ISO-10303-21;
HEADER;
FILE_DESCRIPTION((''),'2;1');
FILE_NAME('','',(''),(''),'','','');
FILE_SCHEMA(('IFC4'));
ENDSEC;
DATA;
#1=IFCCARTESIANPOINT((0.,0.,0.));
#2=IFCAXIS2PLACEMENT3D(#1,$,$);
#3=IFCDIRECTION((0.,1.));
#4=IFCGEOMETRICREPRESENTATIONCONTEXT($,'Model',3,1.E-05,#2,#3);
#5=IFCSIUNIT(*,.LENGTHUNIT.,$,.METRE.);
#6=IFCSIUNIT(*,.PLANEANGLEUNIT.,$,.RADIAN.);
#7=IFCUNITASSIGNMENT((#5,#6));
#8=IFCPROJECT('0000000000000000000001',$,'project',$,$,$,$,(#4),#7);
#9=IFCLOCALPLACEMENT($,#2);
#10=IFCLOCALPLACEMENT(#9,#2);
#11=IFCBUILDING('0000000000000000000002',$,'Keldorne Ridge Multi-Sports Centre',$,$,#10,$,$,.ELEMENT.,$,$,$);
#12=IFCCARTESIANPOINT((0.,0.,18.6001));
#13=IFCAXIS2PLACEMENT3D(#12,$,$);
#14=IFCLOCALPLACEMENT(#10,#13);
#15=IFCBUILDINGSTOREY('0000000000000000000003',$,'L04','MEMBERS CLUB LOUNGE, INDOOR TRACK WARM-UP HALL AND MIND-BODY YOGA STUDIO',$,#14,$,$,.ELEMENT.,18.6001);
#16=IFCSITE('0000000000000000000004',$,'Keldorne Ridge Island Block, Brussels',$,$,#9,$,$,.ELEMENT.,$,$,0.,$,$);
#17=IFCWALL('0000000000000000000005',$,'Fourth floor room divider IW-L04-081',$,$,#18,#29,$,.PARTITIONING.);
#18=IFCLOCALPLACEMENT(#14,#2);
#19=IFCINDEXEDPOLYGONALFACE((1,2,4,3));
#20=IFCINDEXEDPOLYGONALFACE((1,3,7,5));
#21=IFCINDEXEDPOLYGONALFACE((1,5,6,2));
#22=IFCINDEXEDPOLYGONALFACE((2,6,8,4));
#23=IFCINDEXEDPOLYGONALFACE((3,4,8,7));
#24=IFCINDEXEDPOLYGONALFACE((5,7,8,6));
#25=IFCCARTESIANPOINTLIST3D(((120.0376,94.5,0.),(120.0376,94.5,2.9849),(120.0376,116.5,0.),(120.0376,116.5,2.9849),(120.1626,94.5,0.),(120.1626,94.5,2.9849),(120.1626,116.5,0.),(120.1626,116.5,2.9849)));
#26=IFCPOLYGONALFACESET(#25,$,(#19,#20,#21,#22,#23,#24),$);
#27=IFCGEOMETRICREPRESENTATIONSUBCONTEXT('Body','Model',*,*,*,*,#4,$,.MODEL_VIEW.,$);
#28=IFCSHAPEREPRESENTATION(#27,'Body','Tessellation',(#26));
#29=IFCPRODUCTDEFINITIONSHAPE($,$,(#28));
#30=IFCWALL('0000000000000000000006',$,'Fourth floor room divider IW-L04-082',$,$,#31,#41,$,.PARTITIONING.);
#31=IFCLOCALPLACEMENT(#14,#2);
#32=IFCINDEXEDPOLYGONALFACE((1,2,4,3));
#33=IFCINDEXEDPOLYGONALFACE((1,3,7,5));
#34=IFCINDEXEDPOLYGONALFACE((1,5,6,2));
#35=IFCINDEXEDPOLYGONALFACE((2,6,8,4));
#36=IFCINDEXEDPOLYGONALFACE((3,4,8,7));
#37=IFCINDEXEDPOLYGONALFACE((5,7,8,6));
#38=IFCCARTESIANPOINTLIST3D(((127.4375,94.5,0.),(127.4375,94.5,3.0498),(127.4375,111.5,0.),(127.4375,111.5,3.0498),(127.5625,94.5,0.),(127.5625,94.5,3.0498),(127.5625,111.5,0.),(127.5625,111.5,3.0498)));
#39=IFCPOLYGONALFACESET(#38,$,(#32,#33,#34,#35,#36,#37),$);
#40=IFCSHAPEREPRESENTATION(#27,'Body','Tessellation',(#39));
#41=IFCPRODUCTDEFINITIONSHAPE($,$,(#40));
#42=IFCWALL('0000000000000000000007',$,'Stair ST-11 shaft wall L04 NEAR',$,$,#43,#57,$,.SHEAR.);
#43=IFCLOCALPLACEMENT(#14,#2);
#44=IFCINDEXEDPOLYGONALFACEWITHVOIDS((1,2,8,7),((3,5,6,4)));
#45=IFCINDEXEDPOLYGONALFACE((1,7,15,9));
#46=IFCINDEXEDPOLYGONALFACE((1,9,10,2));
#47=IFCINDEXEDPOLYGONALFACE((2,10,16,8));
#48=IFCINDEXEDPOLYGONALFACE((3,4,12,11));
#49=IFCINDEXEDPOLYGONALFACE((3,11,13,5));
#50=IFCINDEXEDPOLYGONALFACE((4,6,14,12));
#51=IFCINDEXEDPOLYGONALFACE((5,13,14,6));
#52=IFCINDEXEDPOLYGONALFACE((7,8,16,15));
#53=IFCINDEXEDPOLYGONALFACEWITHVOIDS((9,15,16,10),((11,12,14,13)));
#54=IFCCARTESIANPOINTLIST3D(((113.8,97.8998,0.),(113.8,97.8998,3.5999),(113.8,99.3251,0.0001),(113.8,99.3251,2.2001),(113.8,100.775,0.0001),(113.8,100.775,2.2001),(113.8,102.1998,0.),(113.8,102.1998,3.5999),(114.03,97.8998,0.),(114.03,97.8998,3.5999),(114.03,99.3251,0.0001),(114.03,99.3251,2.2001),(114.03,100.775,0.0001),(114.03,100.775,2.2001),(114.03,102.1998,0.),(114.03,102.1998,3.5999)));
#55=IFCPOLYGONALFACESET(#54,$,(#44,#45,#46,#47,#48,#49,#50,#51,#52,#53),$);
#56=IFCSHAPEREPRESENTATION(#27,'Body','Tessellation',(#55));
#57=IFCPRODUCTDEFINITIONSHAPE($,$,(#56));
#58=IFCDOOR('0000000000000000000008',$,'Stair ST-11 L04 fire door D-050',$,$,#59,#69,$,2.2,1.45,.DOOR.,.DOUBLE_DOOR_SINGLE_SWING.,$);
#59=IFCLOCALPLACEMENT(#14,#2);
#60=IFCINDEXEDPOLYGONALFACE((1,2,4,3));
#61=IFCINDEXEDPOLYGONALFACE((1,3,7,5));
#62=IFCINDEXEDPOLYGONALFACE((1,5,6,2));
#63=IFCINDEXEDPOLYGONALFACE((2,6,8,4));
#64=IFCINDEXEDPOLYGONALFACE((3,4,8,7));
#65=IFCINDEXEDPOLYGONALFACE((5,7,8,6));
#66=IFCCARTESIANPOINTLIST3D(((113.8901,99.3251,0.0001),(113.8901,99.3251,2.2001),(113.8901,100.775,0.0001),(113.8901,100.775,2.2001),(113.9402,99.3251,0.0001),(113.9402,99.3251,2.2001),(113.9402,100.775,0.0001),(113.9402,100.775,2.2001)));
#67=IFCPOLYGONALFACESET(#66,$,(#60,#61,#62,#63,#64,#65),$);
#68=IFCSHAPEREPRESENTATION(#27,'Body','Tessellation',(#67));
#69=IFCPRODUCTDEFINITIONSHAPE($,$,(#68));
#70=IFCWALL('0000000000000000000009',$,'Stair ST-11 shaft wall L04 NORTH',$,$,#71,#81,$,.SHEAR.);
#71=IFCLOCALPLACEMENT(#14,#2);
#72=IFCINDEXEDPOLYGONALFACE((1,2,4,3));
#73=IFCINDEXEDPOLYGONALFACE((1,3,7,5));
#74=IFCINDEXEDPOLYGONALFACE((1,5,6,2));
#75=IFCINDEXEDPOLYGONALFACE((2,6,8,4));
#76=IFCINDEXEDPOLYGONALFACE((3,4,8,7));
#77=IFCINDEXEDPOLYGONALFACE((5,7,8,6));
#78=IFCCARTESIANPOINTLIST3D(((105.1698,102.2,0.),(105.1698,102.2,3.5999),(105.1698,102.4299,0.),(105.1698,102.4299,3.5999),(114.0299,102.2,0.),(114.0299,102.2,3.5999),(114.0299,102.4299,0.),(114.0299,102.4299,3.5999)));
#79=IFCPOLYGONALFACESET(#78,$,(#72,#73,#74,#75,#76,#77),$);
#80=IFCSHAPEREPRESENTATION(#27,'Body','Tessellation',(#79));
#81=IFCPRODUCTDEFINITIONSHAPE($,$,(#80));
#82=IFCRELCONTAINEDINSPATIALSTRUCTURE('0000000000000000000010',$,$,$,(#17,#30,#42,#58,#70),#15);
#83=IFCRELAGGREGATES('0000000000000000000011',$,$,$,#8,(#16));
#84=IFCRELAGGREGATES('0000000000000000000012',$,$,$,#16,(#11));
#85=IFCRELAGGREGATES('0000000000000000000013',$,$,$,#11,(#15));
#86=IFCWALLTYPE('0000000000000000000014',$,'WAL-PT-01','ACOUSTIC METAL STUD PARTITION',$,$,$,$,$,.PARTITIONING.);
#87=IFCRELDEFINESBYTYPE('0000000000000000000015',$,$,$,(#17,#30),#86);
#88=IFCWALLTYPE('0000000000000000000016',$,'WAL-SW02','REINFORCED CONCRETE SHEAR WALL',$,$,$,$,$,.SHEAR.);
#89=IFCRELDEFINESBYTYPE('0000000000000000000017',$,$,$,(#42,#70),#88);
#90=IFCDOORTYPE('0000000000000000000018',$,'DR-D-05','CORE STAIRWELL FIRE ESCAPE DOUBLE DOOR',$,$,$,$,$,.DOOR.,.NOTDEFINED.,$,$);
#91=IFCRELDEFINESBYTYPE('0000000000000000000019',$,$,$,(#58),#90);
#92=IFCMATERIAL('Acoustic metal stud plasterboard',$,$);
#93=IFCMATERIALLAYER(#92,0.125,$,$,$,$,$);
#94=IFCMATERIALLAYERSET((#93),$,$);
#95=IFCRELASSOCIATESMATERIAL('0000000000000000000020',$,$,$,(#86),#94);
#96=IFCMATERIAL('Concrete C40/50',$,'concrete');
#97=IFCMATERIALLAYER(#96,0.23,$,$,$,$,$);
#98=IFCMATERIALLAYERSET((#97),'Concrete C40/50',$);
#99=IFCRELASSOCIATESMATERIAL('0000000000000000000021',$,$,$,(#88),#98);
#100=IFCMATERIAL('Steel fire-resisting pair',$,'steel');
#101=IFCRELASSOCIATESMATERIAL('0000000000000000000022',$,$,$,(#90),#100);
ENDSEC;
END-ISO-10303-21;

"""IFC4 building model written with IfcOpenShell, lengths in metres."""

from ifc_helpers import new_model, si_unit, direction, frame, frame_2d, origin, place, context, subcontext, project, spatial, rectangle, extrude, material, layer, layer_set, type_object, element, fill, save


model = new_model("IFC4")

# Units and contexts
model_context = context("Model", 3, precision=1e-05, world=origin(), true_north=direction((0.0, 1.0)))
body_context = subcontext(model_context, "Body", "Model", "MODEL_VIEW")
ifc_project = project(units=[si_unit("LENGTHUNIT", "METRE"), si_unit("PLANEANGLEUNIT", "RADIAN")], contexts=[model_context])

# Site, building, storey
site_placement = place(None, origin())
site = spatial("IfcSite", under=ifc_project, at=site_placement, Name="Keldorne Ridge Island Block, Brussels", CompositionType="ELEMENT", RefElevation=0.0)
building_placement = place(site_placement, origin())
building = spatial("IfcBuilding", under=site, at=building_placement, Name="Keldorne Ridge Multi-Sports Centre", CompositionType="ELEMENT")
storey_placement = place(building_placement, frame((0.0, 0.0, 18.6001)))
storey = spatial("IfcBuildingStorey", under=building, at=storey_placement, Name="L04", Description="MEMBERS CLUB LOUNGE, INDOOR TRACK WARM-UP HALL AND MIND-BODY YOGA STUDIO", CompositionType="ELEMENT", Elevation=18.6001)

# Walls
ifc_material_1 = material(Name="Acoustic metal stud plasterboard")
ifc_layer_1 = layer(ifc_material_1, 0.125)
ifc_layer_set_1 = layer_set([ifc_layer_1])
wall_type_1 = type_object("IfcWallType", Name="WAL-PT-01", Description="ACOUSTIC METAL STUD PARTITION", PredefinedType="PARTITIONING", material=ifc_layer_set_1)
wall_1_placement = place(storey_placement, frame((120.1001, 94.5, 0.0), z_axis=(0.0, 0.0, 1.0), x_axis=(0.0, 1.0, 0.0)))
element("IfcWall", 1, at=wall_1_placement, inside=storey, type_object=wall_type_1, Name="Fourth floor room divider IW-L04-081", PredefinedType="PARTITIONING", context=body_context, shape_type="SweptSolid", body=[
    extrude(rectangle(XDim=22.0, YDim=0.125, at=frame_2d((11.0, 0.0))), origin(), (0.0, 0.0, 1.0), 2.9849),
])
wall_2_placement = place(storey_placement, frame((127.5, 94.5, 0.0), z_axis=(0.0, 0.0, 1.0), x_axis=(0.0, 1.0, 0.0)))
element("IfcWall", 2, at=wall_2_placement, inside=storey, type_object=wall_type_1, Name="Fourth floor room divider IW-L04-082", PredefinedType="PARTITIONING", context=body_context, shape_type="SweptSolid", body=[
    extrude(rectangle(XDim=17.0, YDim=0.125, at=frame_2d((8.5, 0.0))), origin(), (0.0, 0.0, 1.0), 3.0498),
])

# Wall, opening, door
ifc_material_2 = material(Name="Concrete C40/50", Category="concrete")
ifc_layer_2 = layer(ifc_material_2, 0.23)
ifc_layer_set_2 = layer_set([ifc_layer_2], Name="Concrete C40/50")
wall_type_2 = type_object("IfcWallType", Name="WAL-SW02", Description="REINFORCED CONCRETE SHEAR WALL", PredefinedType="SHEAR", material=ifc_layer_set_2)
wall_3_placement = place(storey_placement, frame((113.915, 97.8999, 0.0), z_axis=(0.0, 0.0, 1.0), x_axis=(0.0, 1.0, 0.0)))
wall_3 = element("IfcWall", 3, at=wall_3_placement, inside=storey, type_object=wall_type_2, Name="Stair ST-11 shaft wall L04 NEAR", PredefinedType="SHEAR", context=body_context, shape_type="SweptSolid", body=[
    extrude(rectangle(XDim=4.3, YDim=0.23, at=frame_2d((2.1499, 0.0))), origin(), (0.0, 0.0, 1.0), 3.5999),
])
opening_1_placement = place(wall_3_placement, frame((1.425, 0.0, 0.0)))
opening_1 = element("IfcOpeningElement", 4, at=opening_1_placement, cuts=wall_3, PredefinedType="OPENING", context=body_context, shape_type="SweptSolid", body=[
    extrude(rectangle(XDim=1.45, YDim=2.2, at=frame_2d((0.7251, 1.1001))), frame((0.0, 0.125, 0.0), z_axis=(0.0, -1.0, 0.0), x_axis=(1.0, 0.0, 0.0)), (0.0, 0.0, 1.0), 0.25),
])
ifc_material_3 = material(Name="Steel fire-resisting pair", Category="steel")
door_type_1 = type_object("IfcDoorType", Name="DR-D-05", Description="CORE STAIRWELL FIRE ESCAPE DOUBLE DOOR", OperationType="NOTDEFINED", PredefinedType="DOOR", material=ifc_material_3)
door_1_placement = place(opening_1_placement, origin())
door_1 = element("IfcDoor", 5, at=door_1_placement, inside=storey, type_object=door_type_1, Name="Stair ST-11 L04 fire door D-050", OperationType="DOUBLE_DOOR_SINGLE_SWING", OverallHeight=2.2, OverallWidth=1.45, PredefinedType="DOOR", context=body_context, shape_type="SweptSolid", body=[
    extrude(rectangle(XDim=1.45, YDim=2.2, at=frame_2d((0.7251, 1.1001))), frame((0.0, 0.0249, 0.0), z_axis=(0.0, -1.0, 0.0), x_axis=(1.0, 0.0, 0.0)), (0.0, 0.0, 1.0), 0.05),
])
fill(opening_1, door_1)

# Wall
wall_4_placement = place(storey_placement, frame((114.03, 102.3149, 0.0), z_axis=(0.0, 0.0, 1.0), x_axis=(-1.0, 0.0, 0.0)))
element("IfcWall", 6, at=wall_4_placement, inside=storey, type_object=wall_type_2, Name="Stair ST-11 shaft wall L04 NORTH", PredefinedType="SHEAR", context=body_context, shape_type="SweptSolid", body=[
    extrude(rectangle(XDim=8.8601, YDim=0.23, at=frame_2d((4.4302, 0.0))), origin(), (0.0, 0.0, 1.0), 3.5999),
])

save(model, "model.ifc")
